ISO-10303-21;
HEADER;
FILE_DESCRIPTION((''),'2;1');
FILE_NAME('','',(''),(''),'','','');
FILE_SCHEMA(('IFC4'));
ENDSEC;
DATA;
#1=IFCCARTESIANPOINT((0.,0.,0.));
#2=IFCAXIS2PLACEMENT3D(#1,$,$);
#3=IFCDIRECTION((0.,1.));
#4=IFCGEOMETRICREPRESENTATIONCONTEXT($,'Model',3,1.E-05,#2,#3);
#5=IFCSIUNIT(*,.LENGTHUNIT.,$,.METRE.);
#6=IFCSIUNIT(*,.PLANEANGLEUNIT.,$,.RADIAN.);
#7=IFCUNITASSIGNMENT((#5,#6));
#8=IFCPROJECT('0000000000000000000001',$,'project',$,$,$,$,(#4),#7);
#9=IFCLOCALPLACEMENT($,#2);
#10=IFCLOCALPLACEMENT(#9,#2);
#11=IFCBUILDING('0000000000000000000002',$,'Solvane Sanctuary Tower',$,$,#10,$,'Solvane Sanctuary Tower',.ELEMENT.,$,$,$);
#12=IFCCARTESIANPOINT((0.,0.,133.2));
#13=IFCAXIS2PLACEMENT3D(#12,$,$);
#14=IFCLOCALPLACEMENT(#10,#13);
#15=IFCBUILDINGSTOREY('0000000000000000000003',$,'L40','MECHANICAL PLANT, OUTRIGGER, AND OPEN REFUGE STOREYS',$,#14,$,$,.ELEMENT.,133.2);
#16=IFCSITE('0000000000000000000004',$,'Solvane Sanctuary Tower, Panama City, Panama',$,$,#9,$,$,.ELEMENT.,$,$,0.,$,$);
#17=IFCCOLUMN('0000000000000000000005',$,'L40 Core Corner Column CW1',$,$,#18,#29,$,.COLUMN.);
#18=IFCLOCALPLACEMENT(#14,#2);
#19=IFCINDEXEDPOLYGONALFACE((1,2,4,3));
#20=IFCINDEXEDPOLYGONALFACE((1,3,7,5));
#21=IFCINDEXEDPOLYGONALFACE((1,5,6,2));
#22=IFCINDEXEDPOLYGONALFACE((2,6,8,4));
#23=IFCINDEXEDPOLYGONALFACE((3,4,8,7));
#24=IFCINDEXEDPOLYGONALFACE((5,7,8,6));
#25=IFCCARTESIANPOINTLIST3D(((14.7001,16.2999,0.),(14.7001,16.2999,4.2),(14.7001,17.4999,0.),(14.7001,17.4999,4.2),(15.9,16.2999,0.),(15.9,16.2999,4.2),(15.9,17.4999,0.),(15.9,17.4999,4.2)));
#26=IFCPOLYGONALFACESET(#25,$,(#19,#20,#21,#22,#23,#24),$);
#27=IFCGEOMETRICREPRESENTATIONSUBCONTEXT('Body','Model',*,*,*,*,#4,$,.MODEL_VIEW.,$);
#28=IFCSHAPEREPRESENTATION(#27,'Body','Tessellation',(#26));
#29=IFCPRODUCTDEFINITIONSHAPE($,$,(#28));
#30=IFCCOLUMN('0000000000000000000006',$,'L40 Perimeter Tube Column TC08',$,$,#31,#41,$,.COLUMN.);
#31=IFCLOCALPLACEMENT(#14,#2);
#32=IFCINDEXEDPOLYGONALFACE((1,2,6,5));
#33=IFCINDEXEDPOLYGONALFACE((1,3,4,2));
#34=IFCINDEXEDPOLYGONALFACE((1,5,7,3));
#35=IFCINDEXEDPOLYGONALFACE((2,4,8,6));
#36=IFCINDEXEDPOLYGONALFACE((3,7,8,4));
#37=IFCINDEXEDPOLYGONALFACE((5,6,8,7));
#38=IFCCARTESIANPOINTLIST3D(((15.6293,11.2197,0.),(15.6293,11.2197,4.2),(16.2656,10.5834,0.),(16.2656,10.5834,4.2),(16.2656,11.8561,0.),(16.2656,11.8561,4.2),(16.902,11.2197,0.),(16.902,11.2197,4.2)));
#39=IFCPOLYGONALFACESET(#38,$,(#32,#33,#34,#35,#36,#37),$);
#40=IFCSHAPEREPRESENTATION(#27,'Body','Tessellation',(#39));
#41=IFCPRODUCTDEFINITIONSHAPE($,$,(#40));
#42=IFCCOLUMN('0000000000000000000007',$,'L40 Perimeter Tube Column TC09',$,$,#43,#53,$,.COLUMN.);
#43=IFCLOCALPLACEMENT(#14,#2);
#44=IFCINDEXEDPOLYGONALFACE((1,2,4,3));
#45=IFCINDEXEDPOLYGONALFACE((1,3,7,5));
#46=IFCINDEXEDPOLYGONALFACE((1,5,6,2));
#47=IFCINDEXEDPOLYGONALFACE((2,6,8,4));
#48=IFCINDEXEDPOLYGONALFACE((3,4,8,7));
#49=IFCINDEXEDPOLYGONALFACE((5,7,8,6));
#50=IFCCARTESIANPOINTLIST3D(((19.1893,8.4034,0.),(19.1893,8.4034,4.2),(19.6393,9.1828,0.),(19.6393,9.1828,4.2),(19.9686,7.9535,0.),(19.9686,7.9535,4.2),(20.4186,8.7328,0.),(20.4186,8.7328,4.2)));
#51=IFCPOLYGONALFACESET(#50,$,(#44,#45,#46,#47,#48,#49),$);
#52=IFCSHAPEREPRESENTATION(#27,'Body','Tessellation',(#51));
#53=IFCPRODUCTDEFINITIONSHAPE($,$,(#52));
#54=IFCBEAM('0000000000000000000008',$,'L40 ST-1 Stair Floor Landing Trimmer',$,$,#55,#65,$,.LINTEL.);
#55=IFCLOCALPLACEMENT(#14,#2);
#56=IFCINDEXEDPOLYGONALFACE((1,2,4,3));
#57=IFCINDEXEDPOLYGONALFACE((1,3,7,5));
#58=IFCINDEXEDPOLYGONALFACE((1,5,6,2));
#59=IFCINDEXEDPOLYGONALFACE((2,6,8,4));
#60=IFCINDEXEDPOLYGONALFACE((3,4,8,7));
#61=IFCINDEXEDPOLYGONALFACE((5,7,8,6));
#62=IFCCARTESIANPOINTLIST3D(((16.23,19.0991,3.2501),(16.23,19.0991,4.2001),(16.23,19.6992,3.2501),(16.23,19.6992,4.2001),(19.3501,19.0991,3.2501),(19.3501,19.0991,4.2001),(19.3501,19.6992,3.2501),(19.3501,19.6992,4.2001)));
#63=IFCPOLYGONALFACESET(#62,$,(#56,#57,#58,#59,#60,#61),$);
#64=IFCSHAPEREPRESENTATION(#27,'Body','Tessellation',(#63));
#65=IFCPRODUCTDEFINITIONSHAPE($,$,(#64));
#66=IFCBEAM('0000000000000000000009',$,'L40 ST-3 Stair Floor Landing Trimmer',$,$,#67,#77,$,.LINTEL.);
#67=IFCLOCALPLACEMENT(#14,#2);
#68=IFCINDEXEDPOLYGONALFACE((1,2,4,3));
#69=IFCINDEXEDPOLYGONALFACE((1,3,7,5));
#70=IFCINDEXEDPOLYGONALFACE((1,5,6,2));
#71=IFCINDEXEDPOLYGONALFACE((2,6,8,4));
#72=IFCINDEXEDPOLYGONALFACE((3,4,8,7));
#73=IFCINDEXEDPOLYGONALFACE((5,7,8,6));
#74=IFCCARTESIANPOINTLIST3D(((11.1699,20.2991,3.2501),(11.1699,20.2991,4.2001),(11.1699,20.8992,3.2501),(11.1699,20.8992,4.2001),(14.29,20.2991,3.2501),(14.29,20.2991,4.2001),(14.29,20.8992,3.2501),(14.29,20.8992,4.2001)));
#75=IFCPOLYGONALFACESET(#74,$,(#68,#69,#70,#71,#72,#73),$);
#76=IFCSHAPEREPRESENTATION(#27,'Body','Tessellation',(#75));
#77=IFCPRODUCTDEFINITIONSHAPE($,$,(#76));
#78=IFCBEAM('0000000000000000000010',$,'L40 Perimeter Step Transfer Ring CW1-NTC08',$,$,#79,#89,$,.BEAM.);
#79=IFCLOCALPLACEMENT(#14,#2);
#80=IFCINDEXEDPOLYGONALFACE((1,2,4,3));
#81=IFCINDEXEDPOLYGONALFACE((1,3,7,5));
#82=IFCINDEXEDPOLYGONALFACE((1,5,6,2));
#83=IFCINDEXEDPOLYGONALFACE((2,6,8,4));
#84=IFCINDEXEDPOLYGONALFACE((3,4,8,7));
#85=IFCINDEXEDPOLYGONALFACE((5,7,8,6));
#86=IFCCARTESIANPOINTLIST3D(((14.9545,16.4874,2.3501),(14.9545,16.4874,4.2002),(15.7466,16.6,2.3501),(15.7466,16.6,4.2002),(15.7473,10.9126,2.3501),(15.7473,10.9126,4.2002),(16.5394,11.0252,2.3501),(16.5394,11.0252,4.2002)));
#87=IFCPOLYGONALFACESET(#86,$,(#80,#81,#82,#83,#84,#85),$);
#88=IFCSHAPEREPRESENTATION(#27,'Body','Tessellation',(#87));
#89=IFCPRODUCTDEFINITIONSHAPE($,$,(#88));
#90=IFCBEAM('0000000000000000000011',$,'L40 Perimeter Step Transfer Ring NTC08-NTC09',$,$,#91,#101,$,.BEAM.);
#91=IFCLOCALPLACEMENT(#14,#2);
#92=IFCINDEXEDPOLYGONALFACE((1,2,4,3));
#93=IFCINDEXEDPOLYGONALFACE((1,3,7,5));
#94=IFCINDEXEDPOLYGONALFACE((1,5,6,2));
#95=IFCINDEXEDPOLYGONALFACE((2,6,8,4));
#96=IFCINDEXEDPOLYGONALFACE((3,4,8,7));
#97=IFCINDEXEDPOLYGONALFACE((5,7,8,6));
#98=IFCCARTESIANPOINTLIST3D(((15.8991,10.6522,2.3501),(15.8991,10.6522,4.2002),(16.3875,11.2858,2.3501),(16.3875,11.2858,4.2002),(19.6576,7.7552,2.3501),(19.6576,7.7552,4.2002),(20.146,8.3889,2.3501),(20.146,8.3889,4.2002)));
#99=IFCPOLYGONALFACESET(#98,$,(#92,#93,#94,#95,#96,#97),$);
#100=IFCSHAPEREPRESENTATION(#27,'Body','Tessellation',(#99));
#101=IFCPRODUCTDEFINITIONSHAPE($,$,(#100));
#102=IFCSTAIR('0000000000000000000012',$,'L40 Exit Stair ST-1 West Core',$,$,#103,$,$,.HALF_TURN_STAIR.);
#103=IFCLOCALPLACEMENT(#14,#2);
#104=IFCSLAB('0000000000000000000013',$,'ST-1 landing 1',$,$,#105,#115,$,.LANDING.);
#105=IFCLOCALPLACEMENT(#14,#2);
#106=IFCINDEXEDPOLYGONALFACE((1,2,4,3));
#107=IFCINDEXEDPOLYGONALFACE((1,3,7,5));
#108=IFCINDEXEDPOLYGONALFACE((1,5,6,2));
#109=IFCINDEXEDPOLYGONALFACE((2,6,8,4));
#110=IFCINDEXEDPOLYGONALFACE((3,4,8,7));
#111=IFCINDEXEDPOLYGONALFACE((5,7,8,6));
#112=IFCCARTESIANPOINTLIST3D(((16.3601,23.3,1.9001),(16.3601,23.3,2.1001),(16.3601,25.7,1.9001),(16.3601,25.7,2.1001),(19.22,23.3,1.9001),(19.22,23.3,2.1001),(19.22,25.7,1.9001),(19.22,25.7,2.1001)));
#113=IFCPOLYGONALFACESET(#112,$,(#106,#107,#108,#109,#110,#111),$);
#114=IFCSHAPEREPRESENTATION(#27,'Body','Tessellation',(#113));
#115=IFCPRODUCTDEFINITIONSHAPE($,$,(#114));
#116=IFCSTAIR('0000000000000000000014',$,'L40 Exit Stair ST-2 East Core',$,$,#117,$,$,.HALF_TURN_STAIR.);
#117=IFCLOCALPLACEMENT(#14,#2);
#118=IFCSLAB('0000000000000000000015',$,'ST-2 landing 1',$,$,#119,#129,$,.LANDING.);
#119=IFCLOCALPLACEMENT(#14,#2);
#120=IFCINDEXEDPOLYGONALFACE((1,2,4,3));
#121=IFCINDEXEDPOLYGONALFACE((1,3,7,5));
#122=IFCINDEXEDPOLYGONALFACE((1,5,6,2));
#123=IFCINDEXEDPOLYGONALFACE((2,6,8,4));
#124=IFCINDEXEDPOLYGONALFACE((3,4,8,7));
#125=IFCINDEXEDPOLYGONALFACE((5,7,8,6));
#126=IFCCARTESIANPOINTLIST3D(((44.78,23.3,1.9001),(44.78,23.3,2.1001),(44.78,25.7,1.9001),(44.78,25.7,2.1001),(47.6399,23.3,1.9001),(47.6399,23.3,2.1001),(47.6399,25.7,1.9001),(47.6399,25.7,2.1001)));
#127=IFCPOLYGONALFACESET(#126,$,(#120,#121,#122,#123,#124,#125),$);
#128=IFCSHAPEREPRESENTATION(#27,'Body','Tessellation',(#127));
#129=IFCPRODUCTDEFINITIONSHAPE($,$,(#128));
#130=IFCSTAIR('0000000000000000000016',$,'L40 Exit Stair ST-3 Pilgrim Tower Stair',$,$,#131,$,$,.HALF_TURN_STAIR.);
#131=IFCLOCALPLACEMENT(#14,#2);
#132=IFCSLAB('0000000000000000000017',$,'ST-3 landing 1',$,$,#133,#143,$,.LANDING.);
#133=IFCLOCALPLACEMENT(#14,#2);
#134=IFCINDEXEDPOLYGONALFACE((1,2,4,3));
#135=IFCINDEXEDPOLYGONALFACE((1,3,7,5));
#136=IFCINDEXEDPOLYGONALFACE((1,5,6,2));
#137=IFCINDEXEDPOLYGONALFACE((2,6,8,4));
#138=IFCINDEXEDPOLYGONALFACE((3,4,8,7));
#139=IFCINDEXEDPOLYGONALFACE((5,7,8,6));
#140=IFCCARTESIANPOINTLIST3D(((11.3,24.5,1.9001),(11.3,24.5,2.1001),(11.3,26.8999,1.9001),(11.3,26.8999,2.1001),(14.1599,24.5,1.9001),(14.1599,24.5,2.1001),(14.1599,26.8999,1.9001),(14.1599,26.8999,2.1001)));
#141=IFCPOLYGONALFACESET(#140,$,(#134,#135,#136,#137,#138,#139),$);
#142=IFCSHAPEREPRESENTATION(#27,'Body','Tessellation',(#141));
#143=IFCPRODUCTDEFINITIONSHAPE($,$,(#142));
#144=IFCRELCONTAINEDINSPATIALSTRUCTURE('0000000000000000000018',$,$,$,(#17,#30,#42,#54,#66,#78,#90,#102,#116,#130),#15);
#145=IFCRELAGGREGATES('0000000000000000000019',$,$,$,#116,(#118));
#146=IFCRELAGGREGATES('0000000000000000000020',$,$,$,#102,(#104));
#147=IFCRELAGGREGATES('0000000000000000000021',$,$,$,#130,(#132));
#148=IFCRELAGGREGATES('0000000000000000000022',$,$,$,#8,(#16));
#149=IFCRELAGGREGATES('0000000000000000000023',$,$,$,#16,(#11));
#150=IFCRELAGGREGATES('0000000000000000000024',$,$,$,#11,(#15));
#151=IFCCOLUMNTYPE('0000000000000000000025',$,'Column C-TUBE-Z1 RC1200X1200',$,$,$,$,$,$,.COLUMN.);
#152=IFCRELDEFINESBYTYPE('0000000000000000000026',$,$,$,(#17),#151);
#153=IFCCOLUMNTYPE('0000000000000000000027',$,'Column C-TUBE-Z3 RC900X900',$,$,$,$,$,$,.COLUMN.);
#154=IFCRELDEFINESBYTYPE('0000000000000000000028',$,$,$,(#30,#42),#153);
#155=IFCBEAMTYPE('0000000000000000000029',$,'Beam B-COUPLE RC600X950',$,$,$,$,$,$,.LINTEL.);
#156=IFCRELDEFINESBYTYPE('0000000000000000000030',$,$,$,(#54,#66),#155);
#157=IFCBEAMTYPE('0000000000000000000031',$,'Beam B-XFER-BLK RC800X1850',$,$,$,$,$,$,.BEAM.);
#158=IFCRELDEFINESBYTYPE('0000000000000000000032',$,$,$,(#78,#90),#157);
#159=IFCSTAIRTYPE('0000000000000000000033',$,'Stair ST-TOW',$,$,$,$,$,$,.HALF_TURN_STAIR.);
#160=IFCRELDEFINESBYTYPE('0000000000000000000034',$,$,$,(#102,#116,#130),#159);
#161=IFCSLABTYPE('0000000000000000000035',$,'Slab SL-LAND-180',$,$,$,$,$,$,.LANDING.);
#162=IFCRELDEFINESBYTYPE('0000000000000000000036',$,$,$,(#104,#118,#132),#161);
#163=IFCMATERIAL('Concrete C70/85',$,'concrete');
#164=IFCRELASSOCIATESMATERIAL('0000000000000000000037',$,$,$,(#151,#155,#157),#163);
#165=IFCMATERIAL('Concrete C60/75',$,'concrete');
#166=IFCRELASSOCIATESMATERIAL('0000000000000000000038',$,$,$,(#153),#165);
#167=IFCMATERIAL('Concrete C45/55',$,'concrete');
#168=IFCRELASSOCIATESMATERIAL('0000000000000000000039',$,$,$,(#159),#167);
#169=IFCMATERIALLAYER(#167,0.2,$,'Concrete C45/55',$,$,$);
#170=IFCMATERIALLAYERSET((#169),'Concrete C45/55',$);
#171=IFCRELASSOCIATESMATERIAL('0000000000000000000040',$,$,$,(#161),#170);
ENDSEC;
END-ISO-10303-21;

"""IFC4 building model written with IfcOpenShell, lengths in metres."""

from ifc_helpers import new_model, si_unit, direction, frame, origin, origin_2d, place, context, subcontext, project, spatial, polyline, rectangle, outline, extrude, material, layer, layer_set, material_profile, profile_set, type_object, element, aggregate, save


model = new_model("IFC4")

# Units and contexts
model_context = context("Model", 3, precision=1e-05, world=origin(), true_north=direction((0.0, 1.0)))
body_context = subcontext(model_context, "Body", "Model", "MODEL_VIEW")
ifc_project = project(units=[si_unit("LENGTHUNIT", "METRE"), si_unit("PLANEANGLEUNIT", "RADIAN")], contexts=[model_context])

# Site, building, storey
site_placement = place(None, origin())
site = spatial("IfcSite", under=ifc_project, at=site_placement, Name="Solvane Sanctuary Tower, Panama City, Panama", CompositionType="ELEMENT", RefElevation=0.0)
building_placement = place(site_placement, origin())
building = spatial("IfcBuilding", under=site, at=building_placement, Name="Solvane Sanctuary Tower", LongName="Solvane Sanctuary Tower", CompositionType="ELEMENT")
storey_placement = place(building_placement, frame((0.0, 0.0, 133.2)))
storey = spatial("IfcBuildingStorey", under=building, at=storey_placement, Name="L40", Description="MECHANICAL PLANT, OUTRIGGER, AND OPEN REFUGE STOREYS", CompositionType="ELEMENT", Elevation=133.2)

# Columns
ifc_material_1 = material(Name="Concrete C70/85", Category="concrete")
ifc_material_profile_1 = material_profile(ifc_material_1, rectangle(XDim=1.2, YDim=1.2, at=origin_2d()), Name="RC1200X1200")
ifc_profile_set_1 = profile_set([ifc_material_profile_1], Name="Concrete C70/85")
column_type_1 = type_object("IfcColumnType", Name="Column C-TUBE-Z1 RC1200X1200", PredefinedType="COLUMN", material=ifc_profile_set_1)
column_placement = place(storey_placement, frame((15.3, 16.8999, 0.0), z_axis=(0.0, 0.0, 1.0), x_axis=(1.0, 0.0, 0.0)))
element("IfcColumn", 1, at=column_placement, inside=storey, type_object=column_type_1, Name="L40 Core Corner Column CW1", PredefinedType="COLUMN", context=body_context, shape_type="SweptSolid", body=[
    extrude(rectangle(XDim=1.2, YDim=1.2, at=origin_2d()), origin(), (0.0, 0.0, 1.0), 4.2),
])
ifc_material_2 = material(Name="Concrete C60/75", Category="concrete")
ifc_material_profile_2 = material_profile(ifc_material_2, rectangle(XDim=0.8999, YDim=0.8999, at=origin_2d()), Name="RC900X900")
ifc_profile_set_2 = profile_set([ifc_material_profile_2], Name="Concrete C60/75")
column_type_2 = type_object("IfcColumnType", Name="Column C-TUBE-Z3 RC900X900", PredefinedType="COLUMN", material=ifc_profile_set_2)
for number, where, z_axis, x_axis, name in (
    (2, (16.2656, 11.2197, 0.0), (0.0, 0.0, 1.0), (-0.707107, -0.707107, 0.0), "L40 Perimeter Tube Column TC08"),
    (3, (19.804, 8.5681, 0.0), (0.0, 0.0, 1.0), (-0.5, -0.866025, 0.0), "L40 Perimeter Tube Column TC09"),
):
    element("IfcColumn", number, at=place(storey_placement, frame(where, z_axis=z_axis, x_axis=x_axis)), inside=storey, type_object=column_type_2, Name=name, PredefinedType="COLUMN", context=body_context, shape_type="SweptSolid", body=[
        extrude(rectangle(XDim=0.8999, YDim=0.8999, at=origin_2d()), origin(), (0.0, 0.0, 1.0), 4.2),
    ])

# Beams
ifc_material_profile_3 = material_profile(ifc_material_1, rectangle(XDim=0.6001, YDim=0.95, at=origin_2d()), Name="RC600X950")
ifc_profile_set_3 = profile_set([ifc_material_profile_3], Name="Concrete C70/85")
beam_type_1 = type_object("IfcBeamType", Name="Beam B-COUPLE RC600X950", PredefinedType="LINTEL", material=ifc_profile_set_3)
for number, where, z_axis, x_axis, name in (
    (4, (16.23, 19.3992, 3.7251), (1.0, 0.0, 0.0), (0.0, 1.0, 0.0), "L40 ST-1 Stair Floor Landing Trimmer"),
    (5, (11.1699, 20.5991, 3.7251), (1.0, 0.0, 0.0), (0.0, 1.0, 0.0), "L40 ST-3 Stair Floor Landing Trimmer"),
):
    element("IfcBeam", number, at=place(storey_placement, frame(where, z_axis=z_axis, x_axis=x_axis)), inside=storey, type_object=beam_type_1, Name=name, PredefinedType="LINTEL", context=body_context, shape_type="SweptSolid", body=[
        extrude(rectangle(XDim=0.6001, YDim=0.95, at=origin_2d()), origin(), (0.0, 0.0, 1.0), 3.1201),
    ])
ifc_material_profile_4 = material_profile(ifc_material_1, rectangle(XDim=0.8, YDim=1.8501, at=origin_2d()), Name="RC800X1850")
ifc_profile_set_4 = profile_set([ifc_material_profile_4], Name="Concrete C70/85")
beam_type_2 = type_object("IfcBeamType", Name="Beam B-XFER-BLK RC800X1850", PredefinedType="BEAM", material=ifc_profile_set_4)
beam_1_placement = place(storey_placement, frame((15.3506, 16.5437, 3.2751), z_axis=(0.140784, -0.99004, 0.0), x_axis=(0.99004, 0.140784, 0.0)))
element("IfcBeam", 6, at=beam_1_placement, inside=storey, type_object=beam_type_2, Name="L40 Perimeter Step Transfer Ring CW1-NTC08", PredefinedType="BEAM", context=body_context, shape_type="SweptSolid", body=[
    extrude(rectangle(XDim=0.8, YDim=1.8501, at=origin_2d()), origin(), (0.0, 0.0, 1.0), 5.6309),
])
beam_2_placement = place(storey_placement, frame((16.1433, 10.969, 3.2751), z_axis=(0.792035, -0.610476, 0.0), x_axis=(0.610476, 0.792035, 0.0)))
element("IfcBeam", 7, at=beam_2_placement, inside=storey, type_object=beam_type_2, Name="L40 Perimeter Step Transfer Ring NTC08-NTC09", PredefinedType="BEAM", context=body_context, shape_type="SweptSolid", body=[
    extrude(rectangle(XDim=0.8, YDim=1.8501, at=origin_2d()), origin(), (0.0, 0.0, 1.0), 4.7454),
])

# Stairs, slabs
ifc_material_3 = material(Name="Concrete C45/55", Category="concrete")
stair_type = type_object("IfcStairType", Name="Stair ST-TOW", PredefinedType="HALF_TURN_STAIR", material=ifc_material_3)
stair_1_placement = place(storey_placement, origin())
stair_1 = element("IfcStair", 8, at=stair_1_placement, inside=storey, type_object=stair_type, Name="L40 Exit Stair ST-1 West Core", PredefinedType="HALF_TURN_STAIR")
ifc_layer_1 = layer(ifc_material_3, 0.2, Name="Concrete C45/55")
ifc_layer_set_1 = layer_set([ifc_layer_1], Name="Concrete C45/55")
slab_type_1 = type_object("IfcSlabType", Name="Slab SL-LAND-180", PredefinedType="LANDING", material=ifc_layer_set_1)
slab_1_placement = place(storey_placement, frame((0.0, 0.0, 1.9001)))
slab_1 = element("IfcSlab", 9, at=slab_1_placement, type_object=slab_type_1, Name="ST-1 landing 1", PredefinedType="LANDING", context=body_context, shape_type="SweptSolid", body=[
    extrude(outline(polyline([(19.22, 23.3), (19.22, 25.7), (16.3601, 25.7), (16.3601, 23.3), (19.22, 23.3)])), origin(), (0.0, 0.0, 1.0), 0.2),
])
stair_2_placement = place(storey_placement, origin())
stair_2 = element("IfcStair", 10, at=stair_2_placement, inside=storey, type_object=stair_type, Name="L40 Exit Stair ST-2 East Core", PredefinedType="HALF_TURN_STAIR")
slab_2_placement = place(storey_placement, frame((0.0, 0.0, 1.9001)))
slab_2 = element("IfcSlab", 11, at=slab_2_placement, type_object=slab_type_1, Name="ST-2 landing 1", PredefinedType="LANDING", context=body_context, shape_type="SweptSolid", body=[
    extrude(outline(polyline([(47.6399, 23.3), (47.6399, 25.7), (44.78, 25.7), (44.78, 23.3), (47.6399, 23.3)])), origin(), (0.0, 0.0, 1.0), 0.2),
])
aggregate(stair_2, [slab_2])
stair_3_placement = place(storey_placement, origin())
stair_3 = element("IfcStair", 12, at=stair_3_placement, inside=storey, type_object=stair_type, Name="L40 Exit Stair ST-3 Pilgrim Tower Stair", PredefinedType="HALF_TURN_STAIR")
slab_3_placement = place(storey_placement, frame((0.0, 0.0, 1.9001)))
slab_3 = element("IfcSlab", 13, at=slab_3_placement, type_object=slab_type_1, Name="ST-3 landing 1", PredefinedType="LANDING", context=body_context, shape_type="SweptSolid", body=[
    extrude(outline(polyline([(14.1599, 24.5), (14.1599, 26.8999), (11.3, 26.8999), (11.3, 24.5), (14.1599, 24.5)])), origin(), (0.0, 0.0, 1.0), 0.2),
])

aggregate(stair_1, [slab_1])
aggregate(stair_3, [slab_3])

save(model, "model.ifc")
